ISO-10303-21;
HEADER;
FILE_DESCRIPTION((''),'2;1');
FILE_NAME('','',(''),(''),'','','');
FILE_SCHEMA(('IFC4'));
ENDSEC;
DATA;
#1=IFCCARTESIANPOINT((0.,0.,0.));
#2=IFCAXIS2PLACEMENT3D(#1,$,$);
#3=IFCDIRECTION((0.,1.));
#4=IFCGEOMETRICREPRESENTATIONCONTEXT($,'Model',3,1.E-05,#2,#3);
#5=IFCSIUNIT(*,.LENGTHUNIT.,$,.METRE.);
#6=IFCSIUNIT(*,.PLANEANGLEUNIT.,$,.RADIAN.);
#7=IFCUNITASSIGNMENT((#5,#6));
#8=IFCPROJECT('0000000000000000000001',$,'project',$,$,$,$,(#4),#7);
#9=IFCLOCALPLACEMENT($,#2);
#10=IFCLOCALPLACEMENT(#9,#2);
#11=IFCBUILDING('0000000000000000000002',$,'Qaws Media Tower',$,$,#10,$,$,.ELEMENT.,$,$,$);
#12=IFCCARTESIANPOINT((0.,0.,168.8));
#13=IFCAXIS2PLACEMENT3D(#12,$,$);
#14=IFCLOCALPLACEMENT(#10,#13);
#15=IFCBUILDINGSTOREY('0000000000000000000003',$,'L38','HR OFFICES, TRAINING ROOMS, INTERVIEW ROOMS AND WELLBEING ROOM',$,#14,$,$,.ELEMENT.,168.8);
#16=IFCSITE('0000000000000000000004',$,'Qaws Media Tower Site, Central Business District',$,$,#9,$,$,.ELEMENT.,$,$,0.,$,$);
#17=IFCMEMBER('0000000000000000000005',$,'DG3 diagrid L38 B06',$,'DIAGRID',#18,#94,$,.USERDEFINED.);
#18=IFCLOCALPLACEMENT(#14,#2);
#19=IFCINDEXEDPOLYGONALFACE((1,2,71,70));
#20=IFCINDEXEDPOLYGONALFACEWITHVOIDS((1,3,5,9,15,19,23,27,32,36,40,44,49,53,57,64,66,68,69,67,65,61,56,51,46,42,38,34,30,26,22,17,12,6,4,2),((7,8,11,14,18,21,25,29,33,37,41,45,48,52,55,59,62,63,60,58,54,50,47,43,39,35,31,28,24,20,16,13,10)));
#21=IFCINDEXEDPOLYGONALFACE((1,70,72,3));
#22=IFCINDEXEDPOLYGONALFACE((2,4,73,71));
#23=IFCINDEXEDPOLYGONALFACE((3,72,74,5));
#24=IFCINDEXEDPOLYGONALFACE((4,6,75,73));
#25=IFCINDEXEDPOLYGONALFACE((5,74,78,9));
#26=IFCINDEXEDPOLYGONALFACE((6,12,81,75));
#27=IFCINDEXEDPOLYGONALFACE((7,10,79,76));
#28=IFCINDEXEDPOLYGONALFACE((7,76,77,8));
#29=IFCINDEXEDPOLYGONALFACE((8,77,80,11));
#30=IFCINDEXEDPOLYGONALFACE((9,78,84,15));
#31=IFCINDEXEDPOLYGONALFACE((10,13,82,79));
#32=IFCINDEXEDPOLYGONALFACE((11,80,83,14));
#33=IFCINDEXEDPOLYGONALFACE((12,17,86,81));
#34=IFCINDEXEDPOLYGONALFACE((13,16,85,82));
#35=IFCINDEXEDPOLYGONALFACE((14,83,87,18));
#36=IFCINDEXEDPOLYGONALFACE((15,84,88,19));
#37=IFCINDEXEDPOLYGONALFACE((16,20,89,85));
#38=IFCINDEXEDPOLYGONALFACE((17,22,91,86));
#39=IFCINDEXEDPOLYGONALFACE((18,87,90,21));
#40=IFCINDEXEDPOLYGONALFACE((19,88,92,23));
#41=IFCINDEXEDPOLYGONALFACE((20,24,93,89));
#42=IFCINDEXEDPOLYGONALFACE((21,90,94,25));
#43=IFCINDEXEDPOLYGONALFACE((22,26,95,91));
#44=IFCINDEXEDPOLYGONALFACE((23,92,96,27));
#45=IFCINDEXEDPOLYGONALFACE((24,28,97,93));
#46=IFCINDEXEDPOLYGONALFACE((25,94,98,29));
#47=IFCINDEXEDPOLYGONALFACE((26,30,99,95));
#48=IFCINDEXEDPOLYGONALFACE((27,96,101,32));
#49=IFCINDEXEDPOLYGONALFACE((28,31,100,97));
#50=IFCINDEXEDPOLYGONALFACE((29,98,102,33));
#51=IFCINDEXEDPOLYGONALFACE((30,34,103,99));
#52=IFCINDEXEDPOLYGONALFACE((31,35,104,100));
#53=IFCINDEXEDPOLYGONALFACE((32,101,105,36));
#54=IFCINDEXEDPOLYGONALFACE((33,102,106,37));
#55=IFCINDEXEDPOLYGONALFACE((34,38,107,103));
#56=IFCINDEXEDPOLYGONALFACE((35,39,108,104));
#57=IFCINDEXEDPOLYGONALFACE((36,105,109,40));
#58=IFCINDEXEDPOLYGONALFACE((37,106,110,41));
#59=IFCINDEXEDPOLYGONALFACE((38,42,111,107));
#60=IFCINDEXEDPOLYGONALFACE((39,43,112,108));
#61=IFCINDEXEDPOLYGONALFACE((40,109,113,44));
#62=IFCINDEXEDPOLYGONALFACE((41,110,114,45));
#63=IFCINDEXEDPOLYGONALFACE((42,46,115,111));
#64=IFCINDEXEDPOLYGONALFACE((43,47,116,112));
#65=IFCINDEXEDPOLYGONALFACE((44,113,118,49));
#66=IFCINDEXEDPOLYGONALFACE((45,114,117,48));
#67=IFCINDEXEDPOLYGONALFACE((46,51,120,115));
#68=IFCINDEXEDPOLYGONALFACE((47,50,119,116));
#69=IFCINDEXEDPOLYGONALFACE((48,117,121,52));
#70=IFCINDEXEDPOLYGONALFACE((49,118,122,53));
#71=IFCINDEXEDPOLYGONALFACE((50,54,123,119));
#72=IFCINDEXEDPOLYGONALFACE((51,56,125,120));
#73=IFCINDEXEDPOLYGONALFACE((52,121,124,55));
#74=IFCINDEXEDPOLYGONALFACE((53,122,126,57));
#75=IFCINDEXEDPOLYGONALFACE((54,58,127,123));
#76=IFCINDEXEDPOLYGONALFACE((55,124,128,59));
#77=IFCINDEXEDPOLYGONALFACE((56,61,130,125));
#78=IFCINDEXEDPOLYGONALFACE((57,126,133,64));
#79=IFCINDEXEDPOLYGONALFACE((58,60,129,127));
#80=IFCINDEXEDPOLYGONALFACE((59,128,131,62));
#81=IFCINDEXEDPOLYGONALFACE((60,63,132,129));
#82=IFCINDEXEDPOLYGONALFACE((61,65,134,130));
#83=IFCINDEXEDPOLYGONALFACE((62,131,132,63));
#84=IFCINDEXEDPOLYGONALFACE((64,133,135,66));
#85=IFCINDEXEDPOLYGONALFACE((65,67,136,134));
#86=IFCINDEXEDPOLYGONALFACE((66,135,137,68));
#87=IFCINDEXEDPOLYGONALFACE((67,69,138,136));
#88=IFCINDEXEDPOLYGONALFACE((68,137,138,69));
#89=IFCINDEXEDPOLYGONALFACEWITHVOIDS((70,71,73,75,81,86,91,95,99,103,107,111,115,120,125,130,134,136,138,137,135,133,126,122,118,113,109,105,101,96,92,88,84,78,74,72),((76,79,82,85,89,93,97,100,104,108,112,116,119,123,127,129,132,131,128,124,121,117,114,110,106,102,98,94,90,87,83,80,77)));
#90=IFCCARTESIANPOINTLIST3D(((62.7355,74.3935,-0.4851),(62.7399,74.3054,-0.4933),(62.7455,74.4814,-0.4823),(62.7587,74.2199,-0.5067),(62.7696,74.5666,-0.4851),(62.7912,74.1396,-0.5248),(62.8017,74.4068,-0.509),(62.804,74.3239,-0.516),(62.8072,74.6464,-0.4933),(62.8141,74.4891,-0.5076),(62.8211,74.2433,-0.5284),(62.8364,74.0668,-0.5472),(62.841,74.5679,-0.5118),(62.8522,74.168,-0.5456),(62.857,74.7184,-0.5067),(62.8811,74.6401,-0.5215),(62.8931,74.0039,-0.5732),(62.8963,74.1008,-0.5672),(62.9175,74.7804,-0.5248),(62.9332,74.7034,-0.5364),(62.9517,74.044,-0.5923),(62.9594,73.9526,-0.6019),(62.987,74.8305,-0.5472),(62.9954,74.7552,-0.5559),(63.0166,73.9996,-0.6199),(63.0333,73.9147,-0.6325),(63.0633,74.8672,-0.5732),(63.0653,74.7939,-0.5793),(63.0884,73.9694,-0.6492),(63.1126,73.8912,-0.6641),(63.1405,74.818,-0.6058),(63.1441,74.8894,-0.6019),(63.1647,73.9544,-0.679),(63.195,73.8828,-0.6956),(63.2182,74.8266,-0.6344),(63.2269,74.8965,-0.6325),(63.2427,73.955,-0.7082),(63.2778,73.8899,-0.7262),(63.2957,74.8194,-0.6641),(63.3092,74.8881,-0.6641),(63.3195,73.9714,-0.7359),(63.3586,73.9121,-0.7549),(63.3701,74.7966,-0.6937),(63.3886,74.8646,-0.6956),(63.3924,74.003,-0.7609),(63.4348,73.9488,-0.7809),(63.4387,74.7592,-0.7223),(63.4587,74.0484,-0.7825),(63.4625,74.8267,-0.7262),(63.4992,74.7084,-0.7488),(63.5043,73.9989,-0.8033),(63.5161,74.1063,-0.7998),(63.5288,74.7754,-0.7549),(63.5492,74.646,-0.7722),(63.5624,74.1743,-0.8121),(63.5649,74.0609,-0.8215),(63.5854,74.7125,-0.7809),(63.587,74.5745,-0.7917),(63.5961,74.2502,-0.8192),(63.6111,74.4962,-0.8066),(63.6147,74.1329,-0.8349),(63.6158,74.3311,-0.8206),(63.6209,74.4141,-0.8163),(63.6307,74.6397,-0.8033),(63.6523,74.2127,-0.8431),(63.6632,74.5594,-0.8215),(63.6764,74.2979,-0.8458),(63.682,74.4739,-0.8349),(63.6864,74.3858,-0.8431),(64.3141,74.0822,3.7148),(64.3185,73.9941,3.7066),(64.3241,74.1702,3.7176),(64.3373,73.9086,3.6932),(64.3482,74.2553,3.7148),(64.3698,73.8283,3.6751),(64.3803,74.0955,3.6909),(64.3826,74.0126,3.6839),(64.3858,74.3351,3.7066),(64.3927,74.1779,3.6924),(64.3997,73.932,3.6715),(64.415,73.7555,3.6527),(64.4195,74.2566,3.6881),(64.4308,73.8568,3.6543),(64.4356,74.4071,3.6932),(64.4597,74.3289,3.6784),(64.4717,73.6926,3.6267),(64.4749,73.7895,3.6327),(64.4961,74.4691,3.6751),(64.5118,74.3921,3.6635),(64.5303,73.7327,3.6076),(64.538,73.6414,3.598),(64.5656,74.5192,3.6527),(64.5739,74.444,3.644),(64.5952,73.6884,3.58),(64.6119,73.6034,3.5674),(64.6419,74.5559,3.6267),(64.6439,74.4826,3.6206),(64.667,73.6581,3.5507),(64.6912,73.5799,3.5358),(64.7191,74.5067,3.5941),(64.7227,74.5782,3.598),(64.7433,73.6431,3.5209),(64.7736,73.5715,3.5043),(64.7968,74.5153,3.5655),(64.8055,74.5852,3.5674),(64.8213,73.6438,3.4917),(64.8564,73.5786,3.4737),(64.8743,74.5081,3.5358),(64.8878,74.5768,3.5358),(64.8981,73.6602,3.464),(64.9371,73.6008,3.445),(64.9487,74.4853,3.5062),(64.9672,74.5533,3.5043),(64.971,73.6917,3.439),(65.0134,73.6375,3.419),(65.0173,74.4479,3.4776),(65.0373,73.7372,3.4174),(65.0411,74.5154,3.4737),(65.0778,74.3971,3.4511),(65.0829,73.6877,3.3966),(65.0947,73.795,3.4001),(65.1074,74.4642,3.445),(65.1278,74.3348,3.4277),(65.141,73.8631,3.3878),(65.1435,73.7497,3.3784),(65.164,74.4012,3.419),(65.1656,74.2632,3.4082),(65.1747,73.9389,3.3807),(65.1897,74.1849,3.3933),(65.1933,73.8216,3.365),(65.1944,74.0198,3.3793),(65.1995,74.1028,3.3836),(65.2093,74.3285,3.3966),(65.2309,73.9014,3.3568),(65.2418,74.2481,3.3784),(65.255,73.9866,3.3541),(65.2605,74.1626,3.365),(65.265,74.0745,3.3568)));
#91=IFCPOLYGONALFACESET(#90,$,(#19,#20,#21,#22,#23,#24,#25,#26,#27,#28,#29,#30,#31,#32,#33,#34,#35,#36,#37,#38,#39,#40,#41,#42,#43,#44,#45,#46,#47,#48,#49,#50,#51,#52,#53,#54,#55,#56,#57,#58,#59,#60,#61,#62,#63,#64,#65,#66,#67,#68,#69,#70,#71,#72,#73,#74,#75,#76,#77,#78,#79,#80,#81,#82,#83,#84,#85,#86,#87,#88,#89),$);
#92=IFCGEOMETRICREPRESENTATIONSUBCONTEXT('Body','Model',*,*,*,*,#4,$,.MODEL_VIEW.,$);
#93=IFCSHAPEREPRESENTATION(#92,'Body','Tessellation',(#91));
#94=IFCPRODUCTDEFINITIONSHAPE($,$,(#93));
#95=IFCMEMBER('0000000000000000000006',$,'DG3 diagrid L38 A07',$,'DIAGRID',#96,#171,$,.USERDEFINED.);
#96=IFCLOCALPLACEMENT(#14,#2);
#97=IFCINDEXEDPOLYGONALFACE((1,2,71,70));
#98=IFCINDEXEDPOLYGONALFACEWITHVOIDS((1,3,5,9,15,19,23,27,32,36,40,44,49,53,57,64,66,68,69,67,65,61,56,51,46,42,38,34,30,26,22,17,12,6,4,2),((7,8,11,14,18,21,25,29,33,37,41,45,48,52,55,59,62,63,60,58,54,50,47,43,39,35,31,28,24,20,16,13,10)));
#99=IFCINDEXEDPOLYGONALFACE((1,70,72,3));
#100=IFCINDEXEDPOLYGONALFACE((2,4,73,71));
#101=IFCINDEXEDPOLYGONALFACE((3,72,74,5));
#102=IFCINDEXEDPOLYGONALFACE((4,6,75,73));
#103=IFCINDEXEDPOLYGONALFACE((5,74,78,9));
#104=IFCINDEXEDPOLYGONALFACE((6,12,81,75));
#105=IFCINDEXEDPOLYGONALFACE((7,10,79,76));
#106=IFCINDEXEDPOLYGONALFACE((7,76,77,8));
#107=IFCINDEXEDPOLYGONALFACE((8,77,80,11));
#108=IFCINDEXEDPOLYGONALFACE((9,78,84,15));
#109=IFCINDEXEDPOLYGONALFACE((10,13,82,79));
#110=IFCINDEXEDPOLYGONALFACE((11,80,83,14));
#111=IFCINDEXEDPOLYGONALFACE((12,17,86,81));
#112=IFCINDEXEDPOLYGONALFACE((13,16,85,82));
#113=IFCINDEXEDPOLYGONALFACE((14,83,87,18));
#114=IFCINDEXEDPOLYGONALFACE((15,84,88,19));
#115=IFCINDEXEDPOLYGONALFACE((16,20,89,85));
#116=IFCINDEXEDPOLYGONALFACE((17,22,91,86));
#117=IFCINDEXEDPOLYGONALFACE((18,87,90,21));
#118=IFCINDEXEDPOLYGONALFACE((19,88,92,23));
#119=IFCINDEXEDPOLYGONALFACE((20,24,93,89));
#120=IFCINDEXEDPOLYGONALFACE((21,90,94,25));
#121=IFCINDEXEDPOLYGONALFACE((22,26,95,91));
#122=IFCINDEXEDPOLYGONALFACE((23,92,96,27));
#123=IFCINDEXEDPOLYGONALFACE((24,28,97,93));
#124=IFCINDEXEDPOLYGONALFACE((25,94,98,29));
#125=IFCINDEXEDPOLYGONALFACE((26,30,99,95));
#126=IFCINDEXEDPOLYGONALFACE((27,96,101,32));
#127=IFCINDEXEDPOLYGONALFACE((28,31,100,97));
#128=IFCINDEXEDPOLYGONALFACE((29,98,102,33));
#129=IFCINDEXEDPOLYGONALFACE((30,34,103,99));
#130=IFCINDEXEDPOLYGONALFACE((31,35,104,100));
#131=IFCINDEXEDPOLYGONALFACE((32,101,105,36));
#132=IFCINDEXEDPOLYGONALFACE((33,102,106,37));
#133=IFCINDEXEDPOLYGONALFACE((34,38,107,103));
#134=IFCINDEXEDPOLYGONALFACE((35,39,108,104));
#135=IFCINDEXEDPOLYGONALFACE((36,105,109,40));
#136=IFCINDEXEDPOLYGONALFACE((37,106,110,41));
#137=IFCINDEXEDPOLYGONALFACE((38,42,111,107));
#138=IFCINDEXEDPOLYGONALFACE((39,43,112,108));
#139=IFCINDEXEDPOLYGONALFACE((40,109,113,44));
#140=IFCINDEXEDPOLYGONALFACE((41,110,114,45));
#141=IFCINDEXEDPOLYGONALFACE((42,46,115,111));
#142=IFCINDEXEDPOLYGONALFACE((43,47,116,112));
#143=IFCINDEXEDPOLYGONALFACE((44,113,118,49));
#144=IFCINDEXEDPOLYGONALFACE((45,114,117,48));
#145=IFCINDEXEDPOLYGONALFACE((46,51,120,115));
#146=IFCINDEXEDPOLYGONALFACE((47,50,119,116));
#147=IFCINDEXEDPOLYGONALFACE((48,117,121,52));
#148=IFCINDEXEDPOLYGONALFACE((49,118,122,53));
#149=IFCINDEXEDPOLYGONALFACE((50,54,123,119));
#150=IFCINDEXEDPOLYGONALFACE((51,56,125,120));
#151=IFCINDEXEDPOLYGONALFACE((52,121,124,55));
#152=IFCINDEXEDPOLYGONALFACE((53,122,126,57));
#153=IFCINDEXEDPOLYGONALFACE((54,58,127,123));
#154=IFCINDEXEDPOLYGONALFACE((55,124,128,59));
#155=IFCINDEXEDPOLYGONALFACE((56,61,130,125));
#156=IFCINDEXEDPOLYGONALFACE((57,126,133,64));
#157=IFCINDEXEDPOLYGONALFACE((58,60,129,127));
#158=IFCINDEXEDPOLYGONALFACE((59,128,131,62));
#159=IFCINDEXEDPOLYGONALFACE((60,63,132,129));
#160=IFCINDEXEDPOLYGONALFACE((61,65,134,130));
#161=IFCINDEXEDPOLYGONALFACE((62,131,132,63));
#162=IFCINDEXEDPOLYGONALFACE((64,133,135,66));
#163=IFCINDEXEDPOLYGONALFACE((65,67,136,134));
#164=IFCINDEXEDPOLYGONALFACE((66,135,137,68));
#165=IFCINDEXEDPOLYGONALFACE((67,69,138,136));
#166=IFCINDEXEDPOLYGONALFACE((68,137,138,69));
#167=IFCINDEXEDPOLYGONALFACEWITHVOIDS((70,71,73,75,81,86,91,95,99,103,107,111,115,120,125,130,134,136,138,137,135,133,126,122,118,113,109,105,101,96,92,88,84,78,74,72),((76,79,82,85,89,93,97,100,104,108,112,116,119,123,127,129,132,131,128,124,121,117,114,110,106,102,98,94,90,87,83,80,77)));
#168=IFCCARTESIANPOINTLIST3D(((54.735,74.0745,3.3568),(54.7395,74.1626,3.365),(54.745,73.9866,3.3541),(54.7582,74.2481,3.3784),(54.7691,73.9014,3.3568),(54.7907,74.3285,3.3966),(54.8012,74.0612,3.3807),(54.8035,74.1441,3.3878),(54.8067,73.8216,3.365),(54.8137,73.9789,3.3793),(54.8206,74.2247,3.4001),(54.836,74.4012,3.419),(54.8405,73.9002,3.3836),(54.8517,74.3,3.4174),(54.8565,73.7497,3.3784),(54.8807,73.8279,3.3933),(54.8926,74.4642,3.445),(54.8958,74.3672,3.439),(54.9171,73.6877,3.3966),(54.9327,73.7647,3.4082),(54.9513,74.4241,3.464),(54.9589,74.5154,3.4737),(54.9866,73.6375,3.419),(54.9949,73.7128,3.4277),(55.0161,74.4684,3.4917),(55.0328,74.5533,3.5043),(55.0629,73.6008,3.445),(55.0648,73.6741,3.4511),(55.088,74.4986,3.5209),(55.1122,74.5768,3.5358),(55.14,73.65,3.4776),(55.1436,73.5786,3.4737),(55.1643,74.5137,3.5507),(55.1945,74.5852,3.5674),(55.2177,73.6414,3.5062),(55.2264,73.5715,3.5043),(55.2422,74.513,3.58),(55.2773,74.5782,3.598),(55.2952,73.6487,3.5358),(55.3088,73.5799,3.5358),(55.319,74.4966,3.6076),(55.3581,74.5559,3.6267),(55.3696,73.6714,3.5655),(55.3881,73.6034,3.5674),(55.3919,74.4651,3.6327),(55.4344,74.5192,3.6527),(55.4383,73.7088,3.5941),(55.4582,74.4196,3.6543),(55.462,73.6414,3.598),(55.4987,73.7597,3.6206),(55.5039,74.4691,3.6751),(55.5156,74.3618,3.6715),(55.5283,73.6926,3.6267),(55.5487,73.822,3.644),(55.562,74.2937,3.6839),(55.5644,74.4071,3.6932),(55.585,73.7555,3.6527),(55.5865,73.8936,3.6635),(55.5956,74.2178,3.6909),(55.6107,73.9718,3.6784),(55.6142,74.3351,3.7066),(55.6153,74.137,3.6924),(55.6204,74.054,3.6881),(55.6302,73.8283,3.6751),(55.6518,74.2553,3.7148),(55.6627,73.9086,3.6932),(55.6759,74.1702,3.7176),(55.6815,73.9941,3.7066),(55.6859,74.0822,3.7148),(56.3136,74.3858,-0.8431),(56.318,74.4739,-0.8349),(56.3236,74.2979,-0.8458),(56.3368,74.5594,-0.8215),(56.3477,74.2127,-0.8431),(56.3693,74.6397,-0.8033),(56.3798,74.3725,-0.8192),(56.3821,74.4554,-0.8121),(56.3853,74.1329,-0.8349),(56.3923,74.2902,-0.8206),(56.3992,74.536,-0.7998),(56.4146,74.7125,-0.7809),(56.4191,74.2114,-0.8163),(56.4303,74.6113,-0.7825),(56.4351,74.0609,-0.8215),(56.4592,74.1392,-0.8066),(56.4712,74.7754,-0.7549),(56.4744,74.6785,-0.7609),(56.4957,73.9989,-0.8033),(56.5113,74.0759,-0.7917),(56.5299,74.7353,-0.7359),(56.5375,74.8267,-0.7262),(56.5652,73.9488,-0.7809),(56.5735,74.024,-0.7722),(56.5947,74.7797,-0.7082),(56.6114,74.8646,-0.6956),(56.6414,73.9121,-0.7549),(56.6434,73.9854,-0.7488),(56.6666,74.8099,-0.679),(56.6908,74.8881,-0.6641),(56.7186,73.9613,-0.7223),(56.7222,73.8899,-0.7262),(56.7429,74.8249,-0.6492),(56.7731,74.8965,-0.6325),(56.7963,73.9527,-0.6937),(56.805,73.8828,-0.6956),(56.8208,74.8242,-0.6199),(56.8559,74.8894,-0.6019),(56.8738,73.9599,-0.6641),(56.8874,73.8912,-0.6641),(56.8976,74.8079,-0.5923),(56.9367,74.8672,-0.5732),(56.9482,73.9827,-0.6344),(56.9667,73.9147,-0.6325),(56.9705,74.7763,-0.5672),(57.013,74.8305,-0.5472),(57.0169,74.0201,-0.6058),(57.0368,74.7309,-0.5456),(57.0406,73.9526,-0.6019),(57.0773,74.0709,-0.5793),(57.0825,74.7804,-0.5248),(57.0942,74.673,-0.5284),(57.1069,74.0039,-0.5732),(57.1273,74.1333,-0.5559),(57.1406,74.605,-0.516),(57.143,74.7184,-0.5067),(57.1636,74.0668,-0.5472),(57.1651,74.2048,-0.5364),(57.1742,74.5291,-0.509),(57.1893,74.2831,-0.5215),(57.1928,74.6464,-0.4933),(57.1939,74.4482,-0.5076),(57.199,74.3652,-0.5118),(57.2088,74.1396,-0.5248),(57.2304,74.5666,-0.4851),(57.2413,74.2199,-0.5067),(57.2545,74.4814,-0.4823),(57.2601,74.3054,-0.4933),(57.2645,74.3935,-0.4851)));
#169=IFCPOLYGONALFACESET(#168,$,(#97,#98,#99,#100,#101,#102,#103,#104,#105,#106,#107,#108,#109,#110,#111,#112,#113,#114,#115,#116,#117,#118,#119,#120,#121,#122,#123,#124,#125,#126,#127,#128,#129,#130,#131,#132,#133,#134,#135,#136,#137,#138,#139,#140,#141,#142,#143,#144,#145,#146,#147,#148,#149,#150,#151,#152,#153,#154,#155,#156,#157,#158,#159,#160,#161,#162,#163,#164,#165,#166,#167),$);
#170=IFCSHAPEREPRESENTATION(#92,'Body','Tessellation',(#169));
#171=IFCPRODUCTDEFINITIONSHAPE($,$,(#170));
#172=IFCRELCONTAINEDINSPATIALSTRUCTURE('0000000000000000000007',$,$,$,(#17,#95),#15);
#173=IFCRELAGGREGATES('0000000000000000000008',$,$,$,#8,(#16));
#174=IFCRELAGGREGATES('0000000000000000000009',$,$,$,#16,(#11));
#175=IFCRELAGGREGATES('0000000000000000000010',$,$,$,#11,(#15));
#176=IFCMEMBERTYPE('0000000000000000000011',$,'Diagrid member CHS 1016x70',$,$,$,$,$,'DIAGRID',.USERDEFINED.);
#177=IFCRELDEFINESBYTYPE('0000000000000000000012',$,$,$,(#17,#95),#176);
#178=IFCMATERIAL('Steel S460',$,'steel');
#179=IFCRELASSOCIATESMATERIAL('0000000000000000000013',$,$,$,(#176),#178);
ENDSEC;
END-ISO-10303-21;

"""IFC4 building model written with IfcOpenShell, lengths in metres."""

from ifc_helpers import new_model, si_unit, direction, frame, origin, origin_2d, place, context, subcontext, project, spatial, hollow_circle, extrude, material, material_profile, profile_set, type_object, element, save


model = new_model("IFC4")

# Units and contexts
model_context = context("Model", 3, precision=1e-05, world=origin(), true_north=direction((0.0, 1.0)))
body_context = subcontext(model_context, "Body", "Model", "MODEL_VIEW")
ifc_project = project(units=[si_unit("LENGTHUNIT", "METRE"), si_unit("PLANEANGLEUNIT", "RADIAN")], contexts=[model_context])

# Site, building, storey
site_placement = place(None, origin())
site = spatial("IfcSite", under=ifc_project, at=site_placement, Name="Qaws Media Tower Site, Central Business District", CompositionType="ELEMENT", RefElevation=0.0)
building_placement = place(site_placement, origin())
building = spatial("IfcBuilding", under=site, at=building_placement, Name="Qaws Media Tower", CompositionType="ELEMENT")
storey_placement = place(building_placement, frame((0.0, 0.0, 168.8)))
storey = spatial("IfcBuildingStorey", under=building, at=storey_placement, Name="L38", Description="HR OFFICES, TRAINING ROOMS, INTERVIEW ROOMS AND WELLBEING ROOM", CompositionType="ELEMENT", Elevation=168.8)

# Members
ifc_material_1 = material(Name="Steel S460", Category="steel")
ifc_material_profile_1 = material_profile(ifc_material_1, hollow_circle(Radius=0.5081, WallThickness=0.0701, at=origin_2d()), Name="CHS 1016x70")
ifc_profile_set_1 = profile_set([ifc_material_profile_1], Name="Steel S460")
member_type_1 = type_object("IfcMemberType", Name="Diagrid member CHS 1016x70", ElementType="DIAGRID", PredefinedType="USERDEFINED", material=ifc_profile_set_1)
for number, where, z_axis, x_axis, name in (
    (1, (63.2109, 74.3896, -0.6641), (0.350989, -0.06921, 0.933818), (0.19346, 0.981108, 0.0), "DG3 diagrid L38 B06"),
    (2, (56.7891, 74.3896, -0.6641), (-0.350989, -0.06921, 0.933818), (0.19346, -0.981108, 0.0), "DG3 diagrid L38 A07"),
):
    element("IfcMember", number, at=place(storey_placement, frame(where, z_axis=z_axis, x_axis=x_axis)), inside=storey, type_object=member_type_1, Name=name, ObjectType="DIAGRID", PredefinedType="USERDEFINED", context=body_context, shape_type="SweptSolid", body=[
        extrude(hollow_circle(Radius=0.5081, WallThickness=0.0701, at=origin_2d()), origin(), (0.0, 0.0, 1.0), 4.4976),
    ])

save(model, "model.ifc")
